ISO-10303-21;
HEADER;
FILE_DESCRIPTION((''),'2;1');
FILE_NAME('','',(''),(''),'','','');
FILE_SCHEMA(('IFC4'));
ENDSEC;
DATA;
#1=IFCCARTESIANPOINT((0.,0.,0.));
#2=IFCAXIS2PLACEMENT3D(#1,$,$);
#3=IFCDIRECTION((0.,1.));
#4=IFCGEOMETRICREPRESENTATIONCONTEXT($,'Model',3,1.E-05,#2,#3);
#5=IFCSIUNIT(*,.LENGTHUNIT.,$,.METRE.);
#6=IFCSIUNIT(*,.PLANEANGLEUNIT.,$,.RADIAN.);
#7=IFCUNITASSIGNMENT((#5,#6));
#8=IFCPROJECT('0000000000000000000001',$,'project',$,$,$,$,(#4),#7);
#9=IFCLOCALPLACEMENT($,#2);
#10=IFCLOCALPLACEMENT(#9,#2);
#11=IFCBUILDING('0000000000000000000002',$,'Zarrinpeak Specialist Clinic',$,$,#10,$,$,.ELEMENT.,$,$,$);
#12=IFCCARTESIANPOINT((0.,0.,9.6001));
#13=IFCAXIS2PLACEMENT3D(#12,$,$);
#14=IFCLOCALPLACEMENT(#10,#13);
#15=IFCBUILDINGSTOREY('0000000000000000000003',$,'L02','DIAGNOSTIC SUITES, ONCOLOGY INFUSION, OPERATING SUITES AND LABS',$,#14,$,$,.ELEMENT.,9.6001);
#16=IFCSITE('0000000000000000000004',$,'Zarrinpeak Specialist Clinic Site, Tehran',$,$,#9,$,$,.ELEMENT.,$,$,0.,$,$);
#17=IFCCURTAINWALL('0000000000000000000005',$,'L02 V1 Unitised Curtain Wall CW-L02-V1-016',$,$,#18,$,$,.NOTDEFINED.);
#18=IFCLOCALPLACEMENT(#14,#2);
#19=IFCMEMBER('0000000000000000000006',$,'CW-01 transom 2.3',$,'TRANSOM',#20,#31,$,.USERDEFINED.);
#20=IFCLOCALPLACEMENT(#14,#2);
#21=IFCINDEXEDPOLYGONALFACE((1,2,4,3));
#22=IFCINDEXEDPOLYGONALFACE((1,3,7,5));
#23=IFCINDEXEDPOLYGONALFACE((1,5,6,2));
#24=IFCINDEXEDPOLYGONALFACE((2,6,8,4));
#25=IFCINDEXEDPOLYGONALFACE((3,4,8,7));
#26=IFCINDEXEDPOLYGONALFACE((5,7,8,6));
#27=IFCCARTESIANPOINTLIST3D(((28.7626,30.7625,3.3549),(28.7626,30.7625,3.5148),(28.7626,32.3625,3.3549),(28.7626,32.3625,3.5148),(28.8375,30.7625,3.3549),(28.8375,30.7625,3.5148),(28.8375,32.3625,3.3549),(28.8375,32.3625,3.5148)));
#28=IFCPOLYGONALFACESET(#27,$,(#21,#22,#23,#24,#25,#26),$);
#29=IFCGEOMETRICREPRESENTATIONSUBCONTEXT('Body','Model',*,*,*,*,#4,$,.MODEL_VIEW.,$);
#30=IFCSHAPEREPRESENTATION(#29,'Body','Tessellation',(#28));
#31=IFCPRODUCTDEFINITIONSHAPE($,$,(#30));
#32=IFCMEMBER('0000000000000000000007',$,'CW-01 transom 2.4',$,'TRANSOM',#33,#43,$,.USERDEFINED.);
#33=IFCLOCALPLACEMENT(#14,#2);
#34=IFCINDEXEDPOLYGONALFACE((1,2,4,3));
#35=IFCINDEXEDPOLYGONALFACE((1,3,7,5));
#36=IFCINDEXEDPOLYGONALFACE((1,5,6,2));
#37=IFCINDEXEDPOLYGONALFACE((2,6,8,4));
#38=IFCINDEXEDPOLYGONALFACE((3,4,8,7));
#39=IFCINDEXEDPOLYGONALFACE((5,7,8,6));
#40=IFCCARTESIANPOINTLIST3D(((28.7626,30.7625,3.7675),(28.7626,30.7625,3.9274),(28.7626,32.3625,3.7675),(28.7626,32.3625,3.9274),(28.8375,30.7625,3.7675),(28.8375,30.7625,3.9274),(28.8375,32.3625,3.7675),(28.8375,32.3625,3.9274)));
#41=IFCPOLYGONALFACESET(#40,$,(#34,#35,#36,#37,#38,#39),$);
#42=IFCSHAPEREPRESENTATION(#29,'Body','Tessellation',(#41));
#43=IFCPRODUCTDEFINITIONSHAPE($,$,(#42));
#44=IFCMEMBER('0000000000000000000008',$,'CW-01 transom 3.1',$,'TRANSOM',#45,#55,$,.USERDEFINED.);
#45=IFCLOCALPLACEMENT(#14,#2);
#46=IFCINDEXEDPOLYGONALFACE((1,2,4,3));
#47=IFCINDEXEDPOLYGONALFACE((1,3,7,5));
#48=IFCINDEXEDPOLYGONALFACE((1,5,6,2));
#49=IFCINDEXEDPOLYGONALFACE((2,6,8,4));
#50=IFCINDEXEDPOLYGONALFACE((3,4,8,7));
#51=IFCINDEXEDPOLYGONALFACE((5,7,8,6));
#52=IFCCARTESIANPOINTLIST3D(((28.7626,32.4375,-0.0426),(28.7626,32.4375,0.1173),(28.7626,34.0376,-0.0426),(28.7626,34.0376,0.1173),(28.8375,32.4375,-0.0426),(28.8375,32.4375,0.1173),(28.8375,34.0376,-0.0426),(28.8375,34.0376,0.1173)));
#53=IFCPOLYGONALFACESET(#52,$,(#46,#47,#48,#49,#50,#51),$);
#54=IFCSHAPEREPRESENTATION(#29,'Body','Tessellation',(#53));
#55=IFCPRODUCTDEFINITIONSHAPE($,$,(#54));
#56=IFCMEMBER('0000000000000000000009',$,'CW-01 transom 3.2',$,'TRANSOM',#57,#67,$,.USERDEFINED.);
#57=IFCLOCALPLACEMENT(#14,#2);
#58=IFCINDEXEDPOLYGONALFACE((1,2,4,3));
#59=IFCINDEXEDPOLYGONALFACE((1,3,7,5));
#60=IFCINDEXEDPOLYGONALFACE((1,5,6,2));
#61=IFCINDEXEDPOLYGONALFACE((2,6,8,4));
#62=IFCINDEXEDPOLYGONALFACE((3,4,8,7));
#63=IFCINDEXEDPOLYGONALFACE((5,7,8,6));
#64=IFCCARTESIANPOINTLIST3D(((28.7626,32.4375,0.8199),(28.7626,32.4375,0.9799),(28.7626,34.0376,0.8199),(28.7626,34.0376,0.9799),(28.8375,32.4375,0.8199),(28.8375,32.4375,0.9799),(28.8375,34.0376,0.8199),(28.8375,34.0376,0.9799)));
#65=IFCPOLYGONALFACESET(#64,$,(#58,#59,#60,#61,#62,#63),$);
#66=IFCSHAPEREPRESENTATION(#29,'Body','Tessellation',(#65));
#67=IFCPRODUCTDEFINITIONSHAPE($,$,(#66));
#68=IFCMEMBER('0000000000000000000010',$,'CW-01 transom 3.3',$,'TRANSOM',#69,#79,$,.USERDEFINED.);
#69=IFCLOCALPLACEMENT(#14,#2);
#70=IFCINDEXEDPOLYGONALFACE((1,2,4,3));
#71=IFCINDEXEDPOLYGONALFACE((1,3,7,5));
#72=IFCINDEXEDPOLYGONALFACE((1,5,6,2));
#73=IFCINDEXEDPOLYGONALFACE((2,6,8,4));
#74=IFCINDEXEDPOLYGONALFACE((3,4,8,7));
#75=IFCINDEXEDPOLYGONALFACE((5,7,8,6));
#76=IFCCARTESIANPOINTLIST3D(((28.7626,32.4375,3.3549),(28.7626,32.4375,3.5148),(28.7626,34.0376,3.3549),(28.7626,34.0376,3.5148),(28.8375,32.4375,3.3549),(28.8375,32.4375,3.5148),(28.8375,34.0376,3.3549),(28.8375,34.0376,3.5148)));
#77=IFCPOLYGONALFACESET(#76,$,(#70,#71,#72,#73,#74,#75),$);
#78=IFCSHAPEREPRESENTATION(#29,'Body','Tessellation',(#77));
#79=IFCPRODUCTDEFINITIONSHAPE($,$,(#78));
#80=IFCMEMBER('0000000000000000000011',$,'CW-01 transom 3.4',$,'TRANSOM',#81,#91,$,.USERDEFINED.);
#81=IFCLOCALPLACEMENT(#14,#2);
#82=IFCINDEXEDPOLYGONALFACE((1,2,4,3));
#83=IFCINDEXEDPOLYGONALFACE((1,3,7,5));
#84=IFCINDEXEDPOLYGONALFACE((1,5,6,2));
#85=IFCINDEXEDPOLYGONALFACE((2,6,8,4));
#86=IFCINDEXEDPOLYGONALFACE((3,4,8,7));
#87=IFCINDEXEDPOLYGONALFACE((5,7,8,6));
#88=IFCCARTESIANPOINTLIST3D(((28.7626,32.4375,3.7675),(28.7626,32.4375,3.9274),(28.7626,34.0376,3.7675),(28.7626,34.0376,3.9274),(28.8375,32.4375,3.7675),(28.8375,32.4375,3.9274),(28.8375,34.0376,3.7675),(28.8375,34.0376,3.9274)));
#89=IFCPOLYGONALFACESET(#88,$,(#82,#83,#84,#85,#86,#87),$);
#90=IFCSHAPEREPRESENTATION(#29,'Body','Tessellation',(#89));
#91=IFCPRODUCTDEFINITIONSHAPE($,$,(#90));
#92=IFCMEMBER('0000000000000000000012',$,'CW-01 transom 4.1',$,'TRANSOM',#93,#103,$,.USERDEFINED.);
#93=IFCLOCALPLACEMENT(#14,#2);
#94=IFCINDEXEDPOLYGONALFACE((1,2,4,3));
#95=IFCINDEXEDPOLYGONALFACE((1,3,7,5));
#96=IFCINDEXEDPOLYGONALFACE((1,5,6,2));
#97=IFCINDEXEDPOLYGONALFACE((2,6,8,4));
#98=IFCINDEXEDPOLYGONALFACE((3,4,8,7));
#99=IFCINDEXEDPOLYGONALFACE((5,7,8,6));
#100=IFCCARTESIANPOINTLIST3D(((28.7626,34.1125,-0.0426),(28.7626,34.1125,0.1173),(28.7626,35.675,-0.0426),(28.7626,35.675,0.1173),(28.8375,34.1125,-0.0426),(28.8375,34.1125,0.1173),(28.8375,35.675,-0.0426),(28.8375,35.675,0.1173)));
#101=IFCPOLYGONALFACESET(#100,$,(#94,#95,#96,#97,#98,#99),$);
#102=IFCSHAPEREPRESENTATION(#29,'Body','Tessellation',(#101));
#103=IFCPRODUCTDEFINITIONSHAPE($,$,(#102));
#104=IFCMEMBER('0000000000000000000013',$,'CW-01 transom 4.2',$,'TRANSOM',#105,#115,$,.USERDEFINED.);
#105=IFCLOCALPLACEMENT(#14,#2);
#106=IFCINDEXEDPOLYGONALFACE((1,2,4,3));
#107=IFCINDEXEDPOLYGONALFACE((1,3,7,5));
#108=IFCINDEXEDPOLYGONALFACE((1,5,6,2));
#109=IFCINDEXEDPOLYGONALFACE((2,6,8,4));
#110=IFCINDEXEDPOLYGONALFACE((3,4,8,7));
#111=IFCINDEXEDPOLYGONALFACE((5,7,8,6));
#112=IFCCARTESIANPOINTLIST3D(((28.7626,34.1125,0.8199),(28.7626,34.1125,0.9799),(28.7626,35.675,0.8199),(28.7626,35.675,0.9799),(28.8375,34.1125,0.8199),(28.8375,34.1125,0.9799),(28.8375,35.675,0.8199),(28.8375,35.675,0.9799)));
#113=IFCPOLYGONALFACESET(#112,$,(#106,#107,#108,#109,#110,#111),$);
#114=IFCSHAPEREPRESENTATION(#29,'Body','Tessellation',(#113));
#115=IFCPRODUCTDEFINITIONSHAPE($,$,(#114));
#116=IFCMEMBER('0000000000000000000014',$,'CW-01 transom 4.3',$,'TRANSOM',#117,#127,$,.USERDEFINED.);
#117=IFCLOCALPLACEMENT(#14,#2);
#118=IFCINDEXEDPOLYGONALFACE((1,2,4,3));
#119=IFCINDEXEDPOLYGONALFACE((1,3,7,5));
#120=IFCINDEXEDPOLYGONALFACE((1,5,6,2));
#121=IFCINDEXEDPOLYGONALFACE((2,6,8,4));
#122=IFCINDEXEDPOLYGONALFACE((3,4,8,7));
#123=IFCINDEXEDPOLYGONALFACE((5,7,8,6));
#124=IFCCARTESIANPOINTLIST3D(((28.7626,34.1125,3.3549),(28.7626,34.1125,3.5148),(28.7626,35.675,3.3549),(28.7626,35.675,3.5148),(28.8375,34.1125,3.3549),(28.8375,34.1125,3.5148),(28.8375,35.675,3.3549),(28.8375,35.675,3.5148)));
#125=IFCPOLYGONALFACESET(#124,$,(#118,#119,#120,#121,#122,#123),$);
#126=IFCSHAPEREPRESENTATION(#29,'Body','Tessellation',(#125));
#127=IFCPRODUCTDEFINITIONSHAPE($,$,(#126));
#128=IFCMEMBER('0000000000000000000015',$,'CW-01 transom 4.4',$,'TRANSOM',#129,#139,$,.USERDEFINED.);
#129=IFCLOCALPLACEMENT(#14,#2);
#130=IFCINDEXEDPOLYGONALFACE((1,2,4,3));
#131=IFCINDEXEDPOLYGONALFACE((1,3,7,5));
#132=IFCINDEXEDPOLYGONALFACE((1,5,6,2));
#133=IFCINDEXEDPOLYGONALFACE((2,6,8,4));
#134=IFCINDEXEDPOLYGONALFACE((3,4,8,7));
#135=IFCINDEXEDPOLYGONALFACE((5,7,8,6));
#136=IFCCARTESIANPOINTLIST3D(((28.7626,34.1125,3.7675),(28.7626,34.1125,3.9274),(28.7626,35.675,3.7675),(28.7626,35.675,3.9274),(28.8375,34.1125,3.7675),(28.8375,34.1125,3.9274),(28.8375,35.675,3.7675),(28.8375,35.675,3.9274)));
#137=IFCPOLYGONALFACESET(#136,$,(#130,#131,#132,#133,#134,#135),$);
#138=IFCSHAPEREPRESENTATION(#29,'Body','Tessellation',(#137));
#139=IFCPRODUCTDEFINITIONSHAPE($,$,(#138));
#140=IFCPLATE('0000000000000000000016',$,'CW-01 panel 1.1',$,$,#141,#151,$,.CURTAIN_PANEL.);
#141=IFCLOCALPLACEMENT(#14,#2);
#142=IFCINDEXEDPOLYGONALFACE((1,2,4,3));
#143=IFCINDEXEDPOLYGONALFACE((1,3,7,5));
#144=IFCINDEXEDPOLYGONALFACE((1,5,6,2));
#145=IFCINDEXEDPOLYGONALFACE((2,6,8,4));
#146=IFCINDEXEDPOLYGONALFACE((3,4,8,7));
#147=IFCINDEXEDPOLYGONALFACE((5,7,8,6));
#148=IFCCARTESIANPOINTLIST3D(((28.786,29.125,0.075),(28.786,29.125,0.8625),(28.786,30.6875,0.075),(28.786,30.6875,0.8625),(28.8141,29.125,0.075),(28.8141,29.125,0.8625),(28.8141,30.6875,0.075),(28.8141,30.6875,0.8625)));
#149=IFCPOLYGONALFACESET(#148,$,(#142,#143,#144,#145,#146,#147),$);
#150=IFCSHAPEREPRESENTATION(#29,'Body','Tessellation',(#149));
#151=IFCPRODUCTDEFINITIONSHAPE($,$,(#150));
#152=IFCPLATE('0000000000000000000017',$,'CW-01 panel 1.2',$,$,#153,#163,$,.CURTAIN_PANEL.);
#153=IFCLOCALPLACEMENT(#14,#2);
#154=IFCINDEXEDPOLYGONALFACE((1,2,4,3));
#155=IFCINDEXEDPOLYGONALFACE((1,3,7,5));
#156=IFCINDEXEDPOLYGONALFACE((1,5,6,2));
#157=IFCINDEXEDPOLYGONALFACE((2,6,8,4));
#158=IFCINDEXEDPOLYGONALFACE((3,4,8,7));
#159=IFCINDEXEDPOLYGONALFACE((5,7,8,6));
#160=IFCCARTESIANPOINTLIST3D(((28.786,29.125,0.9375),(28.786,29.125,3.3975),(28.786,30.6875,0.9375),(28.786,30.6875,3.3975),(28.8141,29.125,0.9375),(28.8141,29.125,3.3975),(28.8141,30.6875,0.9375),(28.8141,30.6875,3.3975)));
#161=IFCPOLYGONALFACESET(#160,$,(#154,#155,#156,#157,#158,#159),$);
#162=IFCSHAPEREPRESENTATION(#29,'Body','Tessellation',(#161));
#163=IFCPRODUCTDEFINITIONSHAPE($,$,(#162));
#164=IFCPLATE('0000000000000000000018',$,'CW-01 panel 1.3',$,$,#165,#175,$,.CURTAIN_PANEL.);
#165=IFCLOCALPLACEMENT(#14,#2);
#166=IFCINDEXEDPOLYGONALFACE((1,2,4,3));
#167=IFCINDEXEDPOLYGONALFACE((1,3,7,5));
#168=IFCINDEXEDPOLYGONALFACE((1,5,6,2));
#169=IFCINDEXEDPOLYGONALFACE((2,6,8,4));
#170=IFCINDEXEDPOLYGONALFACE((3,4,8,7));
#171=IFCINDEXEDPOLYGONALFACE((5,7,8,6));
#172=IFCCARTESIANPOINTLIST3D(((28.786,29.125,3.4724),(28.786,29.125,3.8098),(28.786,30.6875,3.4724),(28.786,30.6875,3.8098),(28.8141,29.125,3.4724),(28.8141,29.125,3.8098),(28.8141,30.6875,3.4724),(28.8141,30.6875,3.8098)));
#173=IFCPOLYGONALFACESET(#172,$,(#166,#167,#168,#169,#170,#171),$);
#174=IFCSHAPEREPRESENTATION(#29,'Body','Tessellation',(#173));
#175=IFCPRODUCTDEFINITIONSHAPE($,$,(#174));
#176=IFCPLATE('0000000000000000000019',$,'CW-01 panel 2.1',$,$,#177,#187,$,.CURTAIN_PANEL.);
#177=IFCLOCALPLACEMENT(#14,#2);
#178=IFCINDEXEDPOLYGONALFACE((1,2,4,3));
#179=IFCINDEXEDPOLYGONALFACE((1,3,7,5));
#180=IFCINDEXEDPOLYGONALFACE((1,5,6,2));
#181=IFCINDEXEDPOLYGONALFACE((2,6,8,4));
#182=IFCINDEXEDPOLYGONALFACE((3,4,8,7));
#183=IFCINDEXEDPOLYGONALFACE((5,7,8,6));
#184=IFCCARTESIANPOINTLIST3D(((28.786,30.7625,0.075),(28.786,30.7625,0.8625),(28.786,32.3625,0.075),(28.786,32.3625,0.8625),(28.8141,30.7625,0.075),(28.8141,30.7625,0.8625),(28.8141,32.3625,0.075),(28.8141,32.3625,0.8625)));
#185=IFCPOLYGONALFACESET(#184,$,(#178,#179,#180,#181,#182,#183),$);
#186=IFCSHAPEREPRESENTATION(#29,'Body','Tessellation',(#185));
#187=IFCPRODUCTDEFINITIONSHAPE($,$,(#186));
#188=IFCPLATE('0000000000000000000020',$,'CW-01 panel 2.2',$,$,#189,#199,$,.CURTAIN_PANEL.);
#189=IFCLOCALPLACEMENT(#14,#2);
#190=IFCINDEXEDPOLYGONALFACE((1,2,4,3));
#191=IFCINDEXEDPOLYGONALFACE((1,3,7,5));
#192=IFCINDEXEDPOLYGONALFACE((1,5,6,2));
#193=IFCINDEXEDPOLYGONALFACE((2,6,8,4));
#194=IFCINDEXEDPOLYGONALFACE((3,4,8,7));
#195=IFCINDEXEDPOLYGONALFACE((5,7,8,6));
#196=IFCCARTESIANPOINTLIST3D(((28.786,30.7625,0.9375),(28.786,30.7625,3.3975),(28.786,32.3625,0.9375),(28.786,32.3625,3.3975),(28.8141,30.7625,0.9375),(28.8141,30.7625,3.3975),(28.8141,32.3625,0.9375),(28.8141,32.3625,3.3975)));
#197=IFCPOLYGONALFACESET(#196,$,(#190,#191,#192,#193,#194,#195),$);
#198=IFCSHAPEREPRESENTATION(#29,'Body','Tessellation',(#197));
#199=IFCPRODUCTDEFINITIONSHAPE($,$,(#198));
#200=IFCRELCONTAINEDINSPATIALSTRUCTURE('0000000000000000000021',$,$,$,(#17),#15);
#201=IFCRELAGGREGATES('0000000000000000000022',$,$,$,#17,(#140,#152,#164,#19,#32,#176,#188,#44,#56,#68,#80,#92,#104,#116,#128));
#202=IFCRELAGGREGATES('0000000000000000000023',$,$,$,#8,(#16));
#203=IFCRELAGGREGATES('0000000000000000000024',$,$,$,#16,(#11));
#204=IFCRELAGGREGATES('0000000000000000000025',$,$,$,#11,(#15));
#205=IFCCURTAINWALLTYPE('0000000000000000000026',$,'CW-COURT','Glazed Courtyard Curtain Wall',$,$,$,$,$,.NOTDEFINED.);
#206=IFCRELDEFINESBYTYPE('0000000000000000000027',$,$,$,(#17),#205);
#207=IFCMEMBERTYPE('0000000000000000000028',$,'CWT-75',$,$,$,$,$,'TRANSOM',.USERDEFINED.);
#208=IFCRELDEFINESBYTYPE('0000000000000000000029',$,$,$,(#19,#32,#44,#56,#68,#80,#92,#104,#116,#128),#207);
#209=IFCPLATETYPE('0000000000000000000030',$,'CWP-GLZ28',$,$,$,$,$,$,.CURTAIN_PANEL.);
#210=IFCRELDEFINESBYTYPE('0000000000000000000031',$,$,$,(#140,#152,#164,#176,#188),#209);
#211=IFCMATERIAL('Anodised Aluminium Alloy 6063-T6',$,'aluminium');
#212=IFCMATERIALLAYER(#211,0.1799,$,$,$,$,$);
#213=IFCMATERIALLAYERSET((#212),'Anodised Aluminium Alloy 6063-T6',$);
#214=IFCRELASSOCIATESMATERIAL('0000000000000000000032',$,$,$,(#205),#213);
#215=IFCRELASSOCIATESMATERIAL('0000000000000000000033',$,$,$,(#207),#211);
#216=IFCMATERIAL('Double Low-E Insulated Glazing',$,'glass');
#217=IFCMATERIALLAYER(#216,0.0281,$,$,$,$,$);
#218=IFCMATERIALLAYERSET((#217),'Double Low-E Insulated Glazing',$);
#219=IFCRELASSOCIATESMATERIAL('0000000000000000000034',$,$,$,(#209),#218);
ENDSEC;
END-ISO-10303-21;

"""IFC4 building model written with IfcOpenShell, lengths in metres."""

from ifc_helpers import new_model, si_unit, direction, frame, origin, origin_2d, place, context, subcontext, project, spatial, rectangle, extrude, material, layer, layer_set, material_profile, profile_set, type_object, element, aggregate, save


model = new_model("IFC4")

# Units and contexts
model_context = context("Model", 3, precision=1e-05, world=origin(), true_north=direction((0.0, 1.0)))
body_context = subcontext(model_context, "Body", "Model", "MODEL_VIEW")
ifc_project = project(units=[si_unit("LENGTHUNIT", "METRE"), si_unit("PLANEANGLEUNIT", "RADIAN")], contexts=[model_context])

# Site, building, storey
site_placement = place(None, origin())
site = spatial("IfcSite", under=ifc_project, at=site_placement, Name="Zarrinpeak Specialist Clinic Site, Tehran", CompositionType="ELEMENT", RefElevation=0.0)
building_placement = place(site_placement, origin())
building = spatial("IfcBuilding", under=site, at=building_placement, Name="Zarrinpeak Specialist Clinic", CompositionType="ELEMENT")
storey_placement = place(building_placement, frame((0.0, 0.0, 9.6001)))
storey = spatial("IfcBuildingStorey", under=building, at=storey_placement, Name="L02", Description="DIAGNOSTIC SUITES, ONCOLOGY INFUSION, OPERATING SUITES AND LABS", CompositionType="ELEMENT", Elevation=9.6001)

# Curtain wall, members, plates
ifc_material_1 = material(Name="Anodised Aluminium Alloy 6063-T6", Category="aluminium")
ifc_layer_1 = layer(ifc_material_1, 0.1799)
ifc_layer_set_1 = layer_set([ifc_layer_1], Name="Anodised Aluminium Alloy 6063-T6")
curtain_wall_type = type_object("IfcCurtainWallType", Name="CW-COURT", Description="Glazed Courtyard Curtain Wall", PredefinedType="NOTDEFINED", material=ifc_layer_set_1)
curtain_wall_placement = place(storey_placement, origin())
curtain_wall = element("IfcCurtainWall", 1, at=curtain_wall_placement, inside=storey, type_object=curtain_wall_type, Name="L02 V1 Unitised Curtain Wall CW-L02-V1-016", PredefinedType="NOTDEFINED")
ifc_material_profile_1 = material_profile(ifc_material_1, rectangle(XDim=0.075, YDim=0.1599, at=origin_2d()), Name="ALU 75x160")
ifc_profile_set_1 = profile_set([ifc_material_profile_1], Name="Anodised Aluminium Alloy 6063-T6")
member_type_1 = type_object("IfcMemberType", Name="CWT-75", ElementType="TRANSOM", PredefinedType="USERDEFINED", material=ifc_profile_set_1)
member_1_placement = place(storey_placement, frame((28.8, 30.7625, 3.4348), z_axis=(0.0, 1.0, 0.0), x_axis=(-1.0, 0.0, 0.0)))
member_1 = element("IfcMember", 2, at=member_1_placement, type_object=member_type_1, Name="CW-01 transom 2.3", ObjectType="TRANSOM", PredefinedType="USERDEFINED", context=body_context, shape_type="SweptSolid", body=[
    extrude(rectangle(XDim=0.075, YDim=0.1599, at=origin_2d()), origin(), (0.0, 0.0, 1.0), 1.6001),
])
member_2_placement = place(storey_placement, frame((28.8, 30.7625, 3.8474), z_axis=(0.0, 1.0, 0.0), x_axis=(-1.0, 0.0, 0.0)))
member_2 = element("IfcMember", 3, at=member_2_placement, type_object=member_type_1, Name="CW-01 transom 2.4", ObjectType="TRANSOM", PredefinedType="USERDEFINED", context=body_context, shape_type="SweptSolid", body=[
    extrude(rectangle(XDim=0.075, YDim=0.1599, at=origin_2d()), origin(), (0.0, 0.0, 1.0), 1.6001),
])
member_3_placement = place(storey_placement, frame((28.8, 32.4375, 0.0374), z_axis=(0.0, 1.0, 0.0), x_axis=(-1.0, 0.0, 0.0)))
member_3 = element("IfcMember", 4, at=member_3_placement, type_object=member_type_1, Name="CW-01 transom 3.1", ObjectType="TRANSOM", PredefinedType="USERDEFINED", context=body_context, shape_type="SweptSolid", body=[
    extrude(rectangle(XDim=0.075, YDim=0.1599, at=origin_2d()), origin(), (0.0, 0.0, 1.0), 1.6001),
])
member_4_placement = place(storey_placement, frame((28.8, 32.4375, 0.8999), z_axis=(0.0, 1.0, 0.0), x_axis=(-1.0, 0.0, 0.0)))
member_4 = element("IfcMember", 5, at=member_4_placement, type_object=member_type_1, Name="CW-01 transom 3.2", ObjectType="TRANSOM", PredefinedType="USERDEFINED", context=body_context, shape_type="SweptSolid", body=[
    extrude(rectangle(XDim=0.075, YDim=0.1599, at=origin_2d()), origin(), (0.0, 0.0, 1.0), 1.6001),
])
member_5_placement = place(storey_placement, frame((28.8, 32.4375, 3.4348), z_axis=(0.0, 1.0, 0.0), x_axis=(-1.0, 0.0, 0.0)))
member_5 = element("IfcMember", 6, at=member_5_placement, type_object=member_type_1, Name="CW-01 transom 3.3", ObjectType="TRANSOM", PredefinedType="USERDEFINED", context=body_context, shape_type="SweptSolid", body=[
    extrude(rectangle(XDim=0.075, YDim=0.1599, at=origin_2d()), origin(), (0.0, 0.0, 1.0), 1.6001),
])
member_6_placement = place(storey_placement, frame((28.8, 32.4375, 3.8474), z_axis=(0.0, 1.0, 0.0), x_axis=(-1.0, 0.0, 0.0)))
member_6 = element("IfcMember", 7, at=member_6_placement, type_object=member_type_1, Name="CW-01 transom 3.4", ObjectType="TRANSOM", PredefinedType="USERDEFINED", context=body_context, shape_type="SweptSolid", body=[
    extrude(rectangle(XDim=0.075, YDim=0.1599, at=origin_2d()), origin(), (0.0, 0.0, 1.0), 1.6001),
])
member_7_placement = place(storey_placement, frame((28.8, 34.1125, 0.0374), z_axis=(0.0, 1.0, 0.0), x_axis=(-1.0, 0.0, 0.0)))
member_7 = element("IfcMember", 8, at=member_7_placement, type_object=member_type_1, Name="CW-01 transom 4.1", ObjectType="TRANSOM", PredefinedType="USERDEFINED", context=body_context, shape_type="SweptSolid", body=[
    extrude(rectangle(XDim=0.075, YDim=0.1599, at=origin_2d()), origin(), (0.0, 0.0, 1.0), 1.5625),
])
member_8_placement = place(storey_placement, frame((28.8, 34.1125, 0.8999), z_axis=(0.0, 1.0, 0.0), x_axis=(-1.0, 0.0, 0.0)))
member_8 = element("IfcMember", 9, at=member_8_placement, type_object=member_type_1, Name="CW-01 transom 4.2", ObjectType="TRANSOM", PredefinedType="USERDEFINED", context=body_context, shape_type="SweptSolid", body=[
    extrude(rectangle(XDim=0.075, YDim=0.1599, at=origin_2d()), origin(), (0.0, 0.0, 1.0), 1.5625),
])
member_9_placement = place(storey_placement, frame((28.8, 34.1125, 3.4348), z_axis=(0.0, 1.0, 0.0), x_axis=(-1.0, 0.0, 0.0)))
member_9 = element("IfcMember", 10, at=member_9_placement, type_object=member_type_1, Name="CW-01 transom 4.3", ObjectType="TRANSOM", PredefinedType="USERDEFINED", context=body_context, shape_type="SweptSolid", body=[
    extrude(rectangle(XDim=0.075, YDim=0.1599, at=origin_2d()), origin(), (0.0, 0.0, 1.0), 1.5625),
])
member_10_placement = place(storey_placement, frame((28.8, 34.1125, 3.8474), z_axis=(0.0, 1.0, 0.0), x_axis=(-1.0, 0.0, 0.0)))
member_10 = element("IfcMember", 11, at=member_10_placement, type_object=member_type_1, Name="CW-01 transom 4.4", ObjectType="TRANSOM", PredefinedType="USERDEFINED", context=body_context, shape_type="SweptSolid", body=[
    extrude(rectangle(XDim=0.075, YDim=0.1599, at=origin_2d()), origin(), (0.0, 0.0, 1.0), 1.5625),
])
ifc_material_2 = material(Name="Double Low-E Insulated Glazing", Category="glass")
ifc_layer_2 = layer(ifc_material_2, 0.0281)
ifc_layer_set_2 = layer_set([ifc_layer_2], Name="Double Low-E Insulated Glazing")
plate_type = type_object("IfcPlateType", Name="CWP-GLZ28", PredefinedType="CURTAIN_PANEL", material=ifc_layer_set_2)
plate_1_placement = place(storey_placement, frame((28.8, 29.9062, 0.075), z_axis=(0.0, 0.0, 1.0), x_axis=(0.0, 1.0, 0.0)))
plate_1 = element("IfcPlate", 12, at=plate_1_placement, type_object=plate_type, Name="CW-01 panel 1.1", PredefinedType="CURTAIN_PANEL", context=body_context, shape_type="SweptSolid", body=[
    extrude(rectangle(XDim=1.5625, YDim=0.0281, at=origin_2d()), origin(), (0.0, 0.0, 1.0), 0.7876),
])
plate_2_placement = place(storey_placement, frame((28.8, 29.9062, 0.9375), z_axis=(0.0, 0.0, 1.0), x_axis=(0.0, 1.0, 0.0)))
plate_2 = element("IfcPlate", 13, at=plate_2_placement, type_object=plate_type, Name="CW-01 panel 1.2", PredefinedType="CURTAIN_PANEL", context=body_context, shape_type="SweptSolid", body=[
    extrude(rectangle(XDim=1.5625, YDim=0.0281, at=origin_2d()), origin(), (0.0, 0.0, 1.0), 2.46),
])
plate_3_placement = place(storey_placement, frame((28.8, 29.9062, 3.4724), z_axis=(0.0, 0.0, 1.0), x_axis=(0.0, 1.0, 0.0)))
plate_3 = element("IfcPlate", 14, at=plate_3_placement, type_object=plate_type, Name="CW-01 panel 1.3", PredefinedType="CURTAIN_PANEL", context=body_context, shape_type="SweptSolid", body=[
    extrude(rectangle(XDim=1.5625, YDim=0.0281, at=origin_2d()), origin(), (0.0, 0.0, 1.0), 0.3374),
])
plate_4_placement = place(storey_placement, frame((28.8, 31.5625, 0.075), z_axis=(0.0, 0.0, 1.0), x_axis=(0.0, 1.0, 0.0)))
plate_4 = element("IfcPlate", 15, at=plate_4_placement, type_object=plate_type, Name="CW-01 panel 2.1", PredefinedType="CURTAIN_PANEL", context=body_context, shape_type="SweptSolid", body=[
    extrude(rectangle(XDim=1.6001, YDim=0.0281, at=origin_2d()), origin(), (0.0, 0.0, 1.0), 0.7876),
])
plate_5_placement = place(storey_placement, frame((28.8, 31.5625, 0.9375), z_axis=(0.0, 0.0, 1.0), x_axis=(0.0, 1.0, 0.0)))
plate_5 = element("IfcPlate", 16, at=plate_5_placement, type_object=plate_type, Name="CW-01 panel 2.2", PredefinedType="CURTAIN_PANEL", context=body_context, shape_type="SweptSolid", body=[
    extrude(rectangle(XDim=1.6001, YDim=0.0281, at=origin_2d()), origin(), (0.0, 0.0, 1.0), 2.46),
])
aggregate(curtain_wall, [plate_1, plate_2, plate_3, member_1, member_2, plate_4, plate_5, member_3, member_4, member_5, member_6, member_7, member_8, member_9, member_10])

save(model, "model.ifc")
